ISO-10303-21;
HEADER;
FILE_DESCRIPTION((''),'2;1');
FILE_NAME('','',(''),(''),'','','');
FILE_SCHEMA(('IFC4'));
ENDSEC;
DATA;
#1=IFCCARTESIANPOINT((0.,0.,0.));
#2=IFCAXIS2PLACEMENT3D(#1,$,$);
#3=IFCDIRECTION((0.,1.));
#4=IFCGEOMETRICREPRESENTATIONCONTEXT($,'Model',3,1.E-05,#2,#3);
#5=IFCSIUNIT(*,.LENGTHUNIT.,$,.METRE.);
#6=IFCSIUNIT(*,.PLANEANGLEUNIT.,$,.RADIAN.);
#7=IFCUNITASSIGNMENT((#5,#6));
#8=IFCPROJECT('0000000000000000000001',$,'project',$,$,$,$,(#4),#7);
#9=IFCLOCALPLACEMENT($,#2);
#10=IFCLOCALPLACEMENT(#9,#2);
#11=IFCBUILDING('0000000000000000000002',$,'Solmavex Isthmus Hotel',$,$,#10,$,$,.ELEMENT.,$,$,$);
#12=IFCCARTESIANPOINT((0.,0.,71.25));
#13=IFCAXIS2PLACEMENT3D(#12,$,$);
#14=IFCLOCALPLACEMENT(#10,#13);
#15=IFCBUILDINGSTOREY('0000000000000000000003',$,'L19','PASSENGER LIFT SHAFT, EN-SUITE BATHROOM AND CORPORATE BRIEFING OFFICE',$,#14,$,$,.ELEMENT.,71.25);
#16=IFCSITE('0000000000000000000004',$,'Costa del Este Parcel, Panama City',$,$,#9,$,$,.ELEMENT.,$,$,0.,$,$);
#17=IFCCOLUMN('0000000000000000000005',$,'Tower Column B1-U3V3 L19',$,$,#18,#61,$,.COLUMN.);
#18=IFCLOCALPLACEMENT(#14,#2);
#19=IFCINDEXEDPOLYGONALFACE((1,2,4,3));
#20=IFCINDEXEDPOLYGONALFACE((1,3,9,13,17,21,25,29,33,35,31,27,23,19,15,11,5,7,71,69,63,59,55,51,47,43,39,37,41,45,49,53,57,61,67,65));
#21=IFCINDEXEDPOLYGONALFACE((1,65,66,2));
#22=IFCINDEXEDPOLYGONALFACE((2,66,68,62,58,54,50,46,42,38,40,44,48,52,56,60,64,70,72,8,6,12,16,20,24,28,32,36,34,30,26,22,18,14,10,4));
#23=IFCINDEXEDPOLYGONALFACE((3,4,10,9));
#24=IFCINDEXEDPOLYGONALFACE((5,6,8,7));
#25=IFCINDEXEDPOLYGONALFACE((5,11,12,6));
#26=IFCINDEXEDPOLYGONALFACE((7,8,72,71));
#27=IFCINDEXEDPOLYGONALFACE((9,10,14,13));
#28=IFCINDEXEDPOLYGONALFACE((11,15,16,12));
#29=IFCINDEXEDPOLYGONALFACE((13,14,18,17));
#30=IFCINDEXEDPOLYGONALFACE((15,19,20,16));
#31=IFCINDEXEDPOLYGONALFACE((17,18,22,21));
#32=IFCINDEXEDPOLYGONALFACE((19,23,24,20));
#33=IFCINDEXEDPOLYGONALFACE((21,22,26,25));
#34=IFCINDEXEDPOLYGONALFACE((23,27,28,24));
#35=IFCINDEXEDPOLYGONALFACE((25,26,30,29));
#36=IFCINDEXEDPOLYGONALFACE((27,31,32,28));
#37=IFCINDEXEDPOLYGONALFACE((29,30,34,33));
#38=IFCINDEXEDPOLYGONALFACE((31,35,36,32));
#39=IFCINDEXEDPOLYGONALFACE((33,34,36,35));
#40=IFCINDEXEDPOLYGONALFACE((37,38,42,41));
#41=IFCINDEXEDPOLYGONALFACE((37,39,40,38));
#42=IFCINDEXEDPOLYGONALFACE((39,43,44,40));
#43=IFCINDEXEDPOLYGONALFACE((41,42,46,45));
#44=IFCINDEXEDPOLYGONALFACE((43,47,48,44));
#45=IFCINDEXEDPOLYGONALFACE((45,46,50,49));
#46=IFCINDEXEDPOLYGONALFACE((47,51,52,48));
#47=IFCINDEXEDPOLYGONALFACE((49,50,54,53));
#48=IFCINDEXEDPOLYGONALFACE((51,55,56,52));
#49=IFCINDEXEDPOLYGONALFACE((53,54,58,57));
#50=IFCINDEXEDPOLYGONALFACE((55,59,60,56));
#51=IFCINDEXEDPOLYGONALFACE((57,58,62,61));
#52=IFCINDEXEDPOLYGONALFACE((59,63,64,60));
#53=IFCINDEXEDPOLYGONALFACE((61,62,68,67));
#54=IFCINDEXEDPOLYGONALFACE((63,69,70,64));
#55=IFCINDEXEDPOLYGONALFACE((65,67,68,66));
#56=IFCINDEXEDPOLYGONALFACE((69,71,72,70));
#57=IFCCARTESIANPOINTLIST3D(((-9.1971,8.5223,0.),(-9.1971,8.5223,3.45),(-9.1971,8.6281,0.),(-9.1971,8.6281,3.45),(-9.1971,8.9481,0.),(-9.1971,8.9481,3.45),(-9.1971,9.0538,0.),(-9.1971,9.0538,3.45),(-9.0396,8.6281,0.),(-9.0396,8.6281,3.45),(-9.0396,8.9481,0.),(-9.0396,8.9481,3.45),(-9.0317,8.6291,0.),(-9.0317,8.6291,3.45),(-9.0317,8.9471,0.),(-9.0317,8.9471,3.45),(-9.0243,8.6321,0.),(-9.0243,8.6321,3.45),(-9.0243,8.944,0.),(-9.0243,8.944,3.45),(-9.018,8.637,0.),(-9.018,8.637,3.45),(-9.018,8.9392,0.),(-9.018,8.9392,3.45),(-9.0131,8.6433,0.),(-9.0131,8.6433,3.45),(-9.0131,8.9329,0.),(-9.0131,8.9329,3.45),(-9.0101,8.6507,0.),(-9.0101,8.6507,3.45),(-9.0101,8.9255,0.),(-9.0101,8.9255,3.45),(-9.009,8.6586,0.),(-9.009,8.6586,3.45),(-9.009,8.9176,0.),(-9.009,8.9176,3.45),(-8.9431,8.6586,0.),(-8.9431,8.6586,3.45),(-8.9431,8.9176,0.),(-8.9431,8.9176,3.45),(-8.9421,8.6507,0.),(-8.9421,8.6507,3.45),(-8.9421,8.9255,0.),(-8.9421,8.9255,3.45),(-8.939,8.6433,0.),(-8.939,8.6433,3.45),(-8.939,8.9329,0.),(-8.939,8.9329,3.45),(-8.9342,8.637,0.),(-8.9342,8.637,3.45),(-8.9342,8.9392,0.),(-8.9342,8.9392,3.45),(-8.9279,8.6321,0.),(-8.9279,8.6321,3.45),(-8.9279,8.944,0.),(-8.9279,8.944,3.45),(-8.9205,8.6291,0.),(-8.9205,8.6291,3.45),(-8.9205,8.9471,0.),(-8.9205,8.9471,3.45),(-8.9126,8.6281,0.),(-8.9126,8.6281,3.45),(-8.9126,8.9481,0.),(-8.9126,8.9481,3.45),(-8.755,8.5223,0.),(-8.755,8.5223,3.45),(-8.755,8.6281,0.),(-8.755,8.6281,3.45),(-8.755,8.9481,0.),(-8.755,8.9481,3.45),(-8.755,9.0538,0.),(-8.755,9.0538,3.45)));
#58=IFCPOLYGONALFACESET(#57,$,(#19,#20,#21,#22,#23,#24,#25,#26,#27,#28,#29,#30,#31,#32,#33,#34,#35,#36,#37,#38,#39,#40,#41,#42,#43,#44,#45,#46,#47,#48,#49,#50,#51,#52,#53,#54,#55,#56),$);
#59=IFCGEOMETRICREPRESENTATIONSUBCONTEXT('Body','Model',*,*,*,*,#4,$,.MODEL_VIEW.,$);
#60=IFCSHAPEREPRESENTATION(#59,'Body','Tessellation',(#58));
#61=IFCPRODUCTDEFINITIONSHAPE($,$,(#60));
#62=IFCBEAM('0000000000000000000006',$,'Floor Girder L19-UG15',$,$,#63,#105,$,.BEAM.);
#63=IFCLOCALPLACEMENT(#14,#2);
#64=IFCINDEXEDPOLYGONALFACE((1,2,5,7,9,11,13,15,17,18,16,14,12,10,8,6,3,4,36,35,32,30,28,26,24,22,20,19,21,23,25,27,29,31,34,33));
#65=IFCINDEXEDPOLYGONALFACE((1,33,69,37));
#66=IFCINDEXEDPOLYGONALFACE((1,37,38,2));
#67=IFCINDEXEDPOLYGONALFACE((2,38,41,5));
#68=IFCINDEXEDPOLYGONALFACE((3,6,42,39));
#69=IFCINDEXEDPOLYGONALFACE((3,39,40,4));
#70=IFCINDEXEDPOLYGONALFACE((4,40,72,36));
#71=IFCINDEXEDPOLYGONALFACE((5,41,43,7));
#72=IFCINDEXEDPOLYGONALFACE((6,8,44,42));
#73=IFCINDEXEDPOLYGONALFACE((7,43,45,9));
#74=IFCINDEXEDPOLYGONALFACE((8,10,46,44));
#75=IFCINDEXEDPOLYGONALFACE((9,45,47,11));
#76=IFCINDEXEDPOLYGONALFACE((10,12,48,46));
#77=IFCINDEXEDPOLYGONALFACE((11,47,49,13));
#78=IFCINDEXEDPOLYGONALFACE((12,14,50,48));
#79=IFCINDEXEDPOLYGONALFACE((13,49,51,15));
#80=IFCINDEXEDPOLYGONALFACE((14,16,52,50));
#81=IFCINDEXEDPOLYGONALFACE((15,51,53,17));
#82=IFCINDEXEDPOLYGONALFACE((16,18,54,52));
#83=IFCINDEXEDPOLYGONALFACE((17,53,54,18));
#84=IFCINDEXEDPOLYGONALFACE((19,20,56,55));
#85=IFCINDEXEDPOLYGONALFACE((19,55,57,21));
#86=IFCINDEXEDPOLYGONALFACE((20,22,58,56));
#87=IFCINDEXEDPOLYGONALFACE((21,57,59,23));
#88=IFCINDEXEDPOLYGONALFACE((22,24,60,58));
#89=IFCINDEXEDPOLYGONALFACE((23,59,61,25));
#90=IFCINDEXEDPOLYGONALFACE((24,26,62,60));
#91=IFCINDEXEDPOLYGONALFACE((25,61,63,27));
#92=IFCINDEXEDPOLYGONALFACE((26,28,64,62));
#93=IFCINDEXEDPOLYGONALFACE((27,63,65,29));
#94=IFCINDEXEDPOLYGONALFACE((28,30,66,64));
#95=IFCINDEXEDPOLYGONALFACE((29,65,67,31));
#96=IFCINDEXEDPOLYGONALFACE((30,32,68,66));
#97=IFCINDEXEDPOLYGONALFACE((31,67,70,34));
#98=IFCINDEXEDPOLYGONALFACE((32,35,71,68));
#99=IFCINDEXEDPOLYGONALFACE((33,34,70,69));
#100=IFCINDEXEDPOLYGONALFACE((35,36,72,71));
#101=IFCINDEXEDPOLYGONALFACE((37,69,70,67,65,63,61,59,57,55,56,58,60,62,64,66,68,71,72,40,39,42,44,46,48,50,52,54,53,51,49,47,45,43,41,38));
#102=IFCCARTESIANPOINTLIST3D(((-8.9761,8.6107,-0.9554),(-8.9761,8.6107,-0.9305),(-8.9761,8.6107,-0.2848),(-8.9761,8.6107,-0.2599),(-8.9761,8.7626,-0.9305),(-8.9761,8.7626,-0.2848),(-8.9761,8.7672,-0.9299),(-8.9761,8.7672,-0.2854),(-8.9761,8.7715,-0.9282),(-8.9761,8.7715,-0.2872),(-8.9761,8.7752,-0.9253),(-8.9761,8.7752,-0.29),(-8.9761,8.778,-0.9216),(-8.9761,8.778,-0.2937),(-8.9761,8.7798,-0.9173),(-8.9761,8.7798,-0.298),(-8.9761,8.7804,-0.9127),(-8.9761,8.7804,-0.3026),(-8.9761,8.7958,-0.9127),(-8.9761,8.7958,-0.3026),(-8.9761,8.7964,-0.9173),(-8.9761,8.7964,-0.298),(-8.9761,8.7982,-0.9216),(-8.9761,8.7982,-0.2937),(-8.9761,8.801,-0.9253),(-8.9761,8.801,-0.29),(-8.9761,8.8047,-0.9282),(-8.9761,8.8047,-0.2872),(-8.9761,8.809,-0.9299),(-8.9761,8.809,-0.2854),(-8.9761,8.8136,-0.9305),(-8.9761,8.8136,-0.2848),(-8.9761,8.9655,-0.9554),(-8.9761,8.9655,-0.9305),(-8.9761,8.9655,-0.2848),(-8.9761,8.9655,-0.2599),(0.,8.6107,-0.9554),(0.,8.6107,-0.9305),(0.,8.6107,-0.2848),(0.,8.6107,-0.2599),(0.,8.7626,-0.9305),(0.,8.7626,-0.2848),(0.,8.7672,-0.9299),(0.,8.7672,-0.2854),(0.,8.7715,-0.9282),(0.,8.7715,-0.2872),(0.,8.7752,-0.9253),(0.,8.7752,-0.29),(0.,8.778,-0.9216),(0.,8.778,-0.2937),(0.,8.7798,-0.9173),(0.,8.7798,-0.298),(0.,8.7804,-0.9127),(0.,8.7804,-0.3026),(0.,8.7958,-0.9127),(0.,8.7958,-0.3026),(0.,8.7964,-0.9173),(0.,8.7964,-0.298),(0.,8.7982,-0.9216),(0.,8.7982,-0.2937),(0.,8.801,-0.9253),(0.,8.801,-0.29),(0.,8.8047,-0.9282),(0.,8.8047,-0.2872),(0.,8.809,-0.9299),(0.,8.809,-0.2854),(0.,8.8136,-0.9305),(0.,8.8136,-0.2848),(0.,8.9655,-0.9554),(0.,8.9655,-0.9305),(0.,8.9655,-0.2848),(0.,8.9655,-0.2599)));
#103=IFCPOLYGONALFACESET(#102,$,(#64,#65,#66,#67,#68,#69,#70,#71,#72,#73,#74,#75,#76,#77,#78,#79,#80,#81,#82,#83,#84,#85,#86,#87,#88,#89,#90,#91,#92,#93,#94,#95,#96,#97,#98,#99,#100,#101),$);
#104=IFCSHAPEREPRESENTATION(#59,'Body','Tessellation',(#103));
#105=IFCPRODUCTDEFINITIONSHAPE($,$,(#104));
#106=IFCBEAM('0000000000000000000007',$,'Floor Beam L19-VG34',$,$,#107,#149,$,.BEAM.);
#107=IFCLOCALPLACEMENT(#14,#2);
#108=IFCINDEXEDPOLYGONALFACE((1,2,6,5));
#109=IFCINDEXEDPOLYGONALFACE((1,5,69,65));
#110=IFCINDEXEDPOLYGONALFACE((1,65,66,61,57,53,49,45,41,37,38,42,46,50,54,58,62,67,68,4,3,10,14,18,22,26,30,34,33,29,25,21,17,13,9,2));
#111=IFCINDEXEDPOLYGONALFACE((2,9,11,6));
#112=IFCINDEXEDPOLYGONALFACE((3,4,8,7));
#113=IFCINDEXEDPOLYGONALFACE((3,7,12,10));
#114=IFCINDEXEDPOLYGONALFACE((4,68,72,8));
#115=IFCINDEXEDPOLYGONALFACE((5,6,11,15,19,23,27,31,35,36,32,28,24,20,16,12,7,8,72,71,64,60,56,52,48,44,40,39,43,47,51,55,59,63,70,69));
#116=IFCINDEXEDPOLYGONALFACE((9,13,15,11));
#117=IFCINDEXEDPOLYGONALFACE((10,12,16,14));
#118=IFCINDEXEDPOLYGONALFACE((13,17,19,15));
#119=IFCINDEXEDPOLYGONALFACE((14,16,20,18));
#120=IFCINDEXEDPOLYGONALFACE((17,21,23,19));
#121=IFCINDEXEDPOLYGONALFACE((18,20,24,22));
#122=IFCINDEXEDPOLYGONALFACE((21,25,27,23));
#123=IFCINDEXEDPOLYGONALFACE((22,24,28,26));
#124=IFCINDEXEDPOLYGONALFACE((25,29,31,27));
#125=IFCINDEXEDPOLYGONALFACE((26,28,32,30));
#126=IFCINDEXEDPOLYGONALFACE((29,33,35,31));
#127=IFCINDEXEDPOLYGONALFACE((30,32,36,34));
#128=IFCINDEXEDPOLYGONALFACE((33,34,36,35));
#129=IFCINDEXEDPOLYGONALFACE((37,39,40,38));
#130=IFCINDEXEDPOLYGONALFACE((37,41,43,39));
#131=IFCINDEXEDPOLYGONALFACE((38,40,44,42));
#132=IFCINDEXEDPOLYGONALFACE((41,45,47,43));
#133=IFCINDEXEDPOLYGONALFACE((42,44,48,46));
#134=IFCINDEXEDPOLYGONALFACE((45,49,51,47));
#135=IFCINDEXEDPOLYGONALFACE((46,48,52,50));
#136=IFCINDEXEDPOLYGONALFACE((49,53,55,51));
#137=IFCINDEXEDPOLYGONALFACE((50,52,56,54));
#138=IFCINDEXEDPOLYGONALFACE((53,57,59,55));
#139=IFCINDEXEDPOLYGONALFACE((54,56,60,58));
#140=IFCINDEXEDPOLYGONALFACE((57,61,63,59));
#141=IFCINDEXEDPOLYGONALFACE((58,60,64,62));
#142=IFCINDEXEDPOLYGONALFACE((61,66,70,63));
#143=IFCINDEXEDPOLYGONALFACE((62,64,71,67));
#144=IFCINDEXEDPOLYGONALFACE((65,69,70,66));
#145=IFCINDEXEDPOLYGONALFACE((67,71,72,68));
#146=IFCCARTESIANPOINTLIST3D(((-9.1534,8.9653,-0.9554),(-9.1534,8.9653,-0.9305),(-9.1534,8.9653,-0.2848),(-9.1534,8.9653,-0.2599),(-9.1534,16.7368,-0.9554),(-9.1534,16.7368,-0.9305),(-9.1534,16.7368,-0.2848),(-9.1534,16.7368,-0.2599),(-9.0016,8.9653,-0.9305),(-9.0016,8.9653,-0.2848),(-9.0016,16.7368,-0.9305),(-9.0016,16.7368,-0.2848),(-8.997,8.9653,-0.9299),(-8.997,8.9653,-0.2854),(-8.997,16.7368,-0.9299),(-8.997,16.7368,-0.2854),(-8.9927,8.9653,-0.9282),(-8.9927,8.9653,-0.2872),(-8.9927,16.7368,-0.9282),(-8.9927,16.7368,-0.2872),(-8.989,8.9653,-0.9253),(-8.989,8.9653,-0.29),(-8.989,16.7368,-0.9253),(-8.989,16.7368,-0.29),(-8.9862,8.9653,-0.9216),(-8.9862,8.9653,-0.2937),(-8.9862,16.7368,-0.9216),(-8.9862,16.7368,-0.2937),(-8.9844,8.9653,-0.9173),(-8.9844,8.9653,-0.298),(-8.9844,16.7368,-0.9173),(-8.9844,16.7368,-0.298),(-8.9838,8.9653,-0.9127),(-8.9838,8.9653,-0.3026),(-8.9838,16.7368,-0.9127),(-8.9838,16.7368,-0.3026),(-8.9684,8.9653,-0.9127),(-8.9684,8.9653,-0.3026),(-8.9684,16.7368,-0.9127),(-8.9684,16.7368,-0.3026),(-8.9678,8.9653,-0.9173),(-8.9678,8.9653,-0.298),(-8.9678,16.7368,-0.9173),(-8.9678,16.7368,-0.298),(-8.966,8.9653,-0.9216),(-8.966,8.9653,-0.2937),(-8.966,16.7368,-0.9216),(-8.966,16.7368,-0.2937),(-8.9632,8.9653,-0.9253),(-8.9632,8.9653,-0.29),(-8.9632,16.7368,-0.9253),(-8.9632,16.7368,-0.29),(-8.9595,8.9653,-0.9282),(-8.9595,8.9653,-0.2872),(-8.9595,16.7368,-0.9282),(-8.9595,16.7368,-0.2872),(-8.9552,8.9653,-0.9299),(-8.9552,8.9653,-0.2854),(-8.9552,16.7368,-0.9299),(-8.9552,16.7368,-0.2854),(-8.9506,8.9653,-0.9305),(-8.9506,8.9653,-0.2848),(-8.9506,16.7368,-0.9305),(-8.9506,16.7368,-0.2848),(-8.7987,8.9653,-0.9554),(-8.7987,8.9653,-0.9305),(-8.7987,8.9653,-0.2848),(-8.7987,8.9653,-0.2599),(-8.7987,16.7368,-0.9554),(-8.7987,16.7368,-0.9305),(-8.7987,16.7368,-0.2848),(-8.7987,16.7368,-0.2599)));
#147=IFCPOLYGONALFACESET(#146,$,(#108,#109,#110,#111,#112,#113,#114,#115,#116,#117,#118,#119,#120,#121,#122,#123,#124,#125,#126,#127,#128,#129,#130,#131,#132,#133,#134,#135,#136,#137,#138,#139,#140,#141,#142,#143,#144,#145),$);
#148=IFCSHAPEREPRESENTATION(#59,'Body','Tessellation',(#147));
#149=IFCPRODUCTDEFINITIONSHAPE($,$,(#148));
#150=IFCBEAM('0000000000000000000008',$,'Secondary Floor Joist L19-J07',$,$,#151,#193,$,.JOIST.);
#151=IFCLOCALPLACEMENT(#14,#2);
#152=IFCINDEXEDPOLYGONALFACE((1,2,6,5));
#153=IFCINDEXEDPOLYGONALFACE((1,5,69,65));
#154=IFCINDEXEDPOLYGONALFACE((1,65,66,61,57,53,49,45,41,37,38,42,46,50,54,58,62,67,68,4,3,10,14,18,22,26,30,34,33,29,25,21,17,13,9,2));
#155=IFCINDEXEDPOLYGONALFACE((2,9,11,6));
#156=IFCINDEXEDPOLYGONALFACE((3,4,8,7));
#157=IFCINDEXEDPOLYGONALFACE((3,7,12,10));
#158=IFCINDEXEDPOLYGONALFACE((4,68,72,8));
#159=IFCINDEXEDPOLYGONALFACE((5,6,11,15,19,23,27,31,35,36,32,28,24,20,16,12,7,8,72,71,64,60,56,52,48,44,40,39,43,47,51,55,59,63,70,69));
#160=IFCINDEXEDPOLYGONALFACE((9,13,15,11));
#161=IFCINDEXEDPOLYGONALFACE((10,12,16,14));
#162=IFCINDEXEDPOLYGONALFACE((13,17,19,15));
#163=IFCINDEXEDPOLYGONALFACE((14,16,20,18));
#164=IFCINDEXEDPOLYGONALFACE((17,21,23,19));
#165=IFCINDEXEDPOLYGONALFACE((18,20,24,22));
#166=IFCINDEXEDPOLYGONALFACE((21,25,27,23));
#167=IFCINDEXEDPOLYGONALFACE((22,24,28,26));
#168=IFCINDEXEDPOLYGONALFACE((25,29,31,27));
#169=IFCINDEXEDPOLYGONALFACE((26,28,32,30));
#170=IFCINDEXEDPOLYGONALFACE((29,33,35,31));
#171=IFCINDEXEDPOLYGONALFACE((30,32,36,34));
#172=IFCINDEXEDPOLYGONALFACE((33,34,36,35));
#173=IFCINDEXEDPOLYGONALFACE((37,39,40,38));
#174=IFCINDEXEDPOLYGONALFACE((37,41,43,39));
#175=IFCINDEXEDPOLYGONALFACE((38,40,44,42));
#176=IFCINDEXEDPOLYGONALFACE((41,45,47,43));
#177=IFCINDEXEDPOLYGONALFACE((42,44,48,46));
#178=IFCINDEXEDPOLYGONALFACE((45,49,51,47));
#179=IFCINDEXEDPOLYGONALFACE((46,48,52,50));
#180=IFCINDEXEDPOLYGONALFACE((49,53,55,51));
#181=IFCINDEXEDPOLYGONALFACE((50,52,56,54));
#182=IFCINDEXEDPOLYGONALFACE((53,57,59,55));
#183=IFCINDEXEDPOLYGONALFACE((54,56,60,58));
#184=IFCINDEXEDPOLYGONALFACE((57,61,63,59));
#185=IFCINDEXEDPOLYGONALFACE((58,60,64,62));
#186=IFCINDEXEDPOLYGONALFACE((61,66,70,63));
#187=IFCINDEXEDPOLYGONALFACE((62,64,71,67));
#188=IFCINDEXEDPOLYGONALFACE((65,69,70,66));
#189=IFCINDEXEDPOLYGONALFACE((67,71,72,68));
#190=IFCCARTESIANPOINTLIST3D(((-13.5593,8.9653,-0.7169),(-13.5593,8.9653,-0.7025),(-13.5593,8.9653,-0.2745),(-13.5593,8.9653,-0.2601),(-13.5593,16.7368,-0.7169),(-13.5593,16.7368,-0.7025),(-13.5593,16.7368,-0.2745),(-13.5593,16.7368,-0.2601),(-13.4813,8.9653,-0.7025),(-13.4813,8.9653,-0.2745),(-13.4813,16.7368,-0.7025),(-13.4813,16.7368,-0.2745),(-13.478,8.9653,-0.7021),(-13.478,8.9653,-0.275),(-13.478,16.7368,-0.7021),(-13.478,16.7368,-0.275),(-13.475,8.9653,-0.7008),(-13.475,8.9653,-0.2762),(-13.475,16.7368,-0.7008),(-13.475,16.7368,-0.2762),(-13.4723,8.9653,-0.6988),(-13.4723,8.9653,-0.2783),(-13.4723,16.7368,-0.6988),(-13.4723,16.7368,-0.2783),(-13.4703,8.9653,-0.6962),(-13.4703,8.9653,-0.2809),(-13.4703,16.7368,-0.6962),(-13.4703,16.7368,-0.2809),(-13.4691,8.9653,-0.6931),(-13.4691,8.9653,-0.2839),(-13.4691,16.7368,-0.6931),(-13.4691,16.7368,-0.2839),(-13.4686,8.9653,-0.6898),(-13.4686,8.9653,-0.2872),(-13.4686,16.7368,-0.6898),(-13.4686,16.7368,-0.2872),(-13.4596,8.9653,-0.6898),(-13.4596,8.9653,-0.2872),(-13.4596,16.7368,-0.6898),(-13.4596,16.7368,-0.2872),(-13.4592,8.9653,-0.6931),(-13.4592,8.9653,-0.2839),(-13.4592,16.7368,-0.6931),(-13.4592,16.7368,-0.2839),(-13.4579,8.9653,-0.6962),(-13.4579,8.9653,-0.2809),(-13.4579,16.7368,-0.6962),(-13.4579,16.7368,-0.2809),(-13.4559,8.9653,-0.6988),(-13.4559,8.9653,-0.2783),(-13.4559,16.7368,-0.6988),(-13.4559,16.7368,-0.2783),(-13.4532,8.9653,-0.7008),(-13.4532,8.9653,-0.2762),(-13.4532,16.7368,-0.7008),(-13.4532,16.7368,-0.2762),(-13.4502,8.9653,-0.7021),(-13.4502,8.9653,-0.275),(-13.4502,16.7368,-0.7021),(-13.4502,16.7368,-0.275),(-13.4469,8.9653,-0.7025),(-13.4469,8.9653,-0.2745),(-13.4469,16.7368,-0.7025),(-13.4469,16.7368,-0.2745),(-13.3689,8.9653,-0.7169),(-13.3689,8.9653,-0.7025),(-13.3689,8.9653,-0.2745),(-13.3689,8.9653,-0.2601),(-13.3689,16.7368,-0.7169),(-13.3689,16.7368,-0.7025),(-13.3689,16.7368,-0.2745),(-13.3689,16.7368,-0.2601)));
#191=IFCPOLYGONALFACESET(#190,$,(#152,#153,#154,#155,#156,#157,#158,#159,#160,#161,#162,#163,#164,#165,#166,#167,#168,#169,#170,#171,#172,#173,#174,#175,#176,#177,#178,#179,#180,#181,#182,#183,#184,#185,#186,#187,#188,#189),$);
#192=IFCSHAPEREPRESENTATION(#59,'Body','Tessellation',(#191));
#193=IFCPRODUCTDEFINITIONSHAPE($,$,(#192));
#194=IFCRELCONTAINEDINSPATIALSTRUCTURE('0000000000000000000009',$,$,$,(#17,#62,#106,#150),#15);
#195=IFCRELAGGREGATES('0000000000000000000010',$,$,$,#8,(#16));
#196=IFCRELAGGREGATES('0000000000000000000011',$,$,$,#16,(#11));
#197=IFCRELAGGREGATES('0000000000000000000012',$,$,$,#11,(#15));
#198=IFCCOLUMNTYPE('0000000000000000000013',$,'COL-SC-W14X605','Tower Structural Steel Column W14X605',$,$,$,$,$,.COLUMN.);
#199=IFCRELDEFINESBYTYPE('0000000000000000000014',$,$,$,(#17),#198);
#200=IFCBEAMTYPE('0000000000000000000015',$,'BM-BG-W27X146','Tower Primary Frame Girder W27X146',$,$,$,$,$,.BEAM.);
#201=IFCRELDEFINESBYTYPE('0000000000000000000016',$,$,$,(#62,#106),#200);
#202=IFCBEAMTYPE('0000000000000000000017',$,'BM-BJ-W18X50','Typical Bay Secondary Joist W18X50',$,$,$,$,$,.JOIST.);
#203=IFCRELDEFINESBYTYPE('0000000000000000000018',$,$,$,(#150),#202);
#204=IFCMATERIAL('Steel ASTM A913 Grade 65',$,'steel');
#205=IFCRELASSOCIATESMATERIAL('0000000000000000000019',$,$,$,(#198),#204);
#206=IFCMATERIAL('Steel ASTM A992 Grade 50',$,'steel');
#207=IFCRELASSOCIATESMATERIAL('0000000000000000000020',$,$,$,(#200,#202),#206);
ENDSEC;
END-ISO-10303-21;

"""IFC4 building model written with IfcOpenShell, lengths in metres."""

from ifc_helpers import new_model, si_unit, direction, frame, origin, origin_2d, place, context, subcontext, project, spatial, i_section, extrude, material, material_profile, profile_set, type_object, element, save


model = new_model("IFC4")

# Units and contexts
model_context = context("Model", 3, precision=1e-05, world=origin(), true_north=direction((0.0, 1.0)))
body_context = subcontext(model_context, "Body", "Model", "MODEL_VIEW")
ifc_project = project(units=[si_unit("LENGTHUNIT", "METRE"), si_unit("PLANEANGLEUNIT", "RADIAN")], contexts=[model_context])

# Site, building, storey
site_placement = place(None, origin())
site = spatial("IfcSite", under=ifc_project, at=site_placement, Name="Costa del Este Parcel, Panama City", CompositionType="ELEMENT", RefElevation=0.0)
building_placement = place(site_placement, origin())
building = spatial("IfcBuilding", under=site, at=building_placement, Name="Solmavex Isthmus Hotel", CompositionType="ELEMENT")
storey_placement = place(building_placement, frame((0.0, 0.0, 71.25)))
storey = spatial("IfcBuildingStorey", under=building, at=storey_placement, Name="L19", Description="PASSENGER LIFT SHAFT, EN-SUITE BATHROOM AND CORPORATE BRIEFING OFFICE", CompositionType="ELEMENT", Elevation=71.25)

# Column
ifc_material_1 = material(Name="Steel ASTM A913 Grade 65", Category="steel")
ifc_material_profile_1 = material_profile(ifc_material_1, i_section(OverallWidth=0.4421, OverallDepth=0.5315, WebThickness=0.0659, FlangeThickness=0.1057, FilletRadius=0.0305, at=origin_2d()), Name="W14X605")
ifc_profile_set_1 = profile_set([ifc_material_profile_1], Name="Steel ASTM A913 Grade 65")
column_type = type_object("IfcColumnType", Name="COL-SC-W14X605", Description="Tower Structural Steel Column W14X605", PredefinedType="COLUMN", material=ifc_profile_set_1)
column_placement = place(storey_placement, frame((-8.9761, 8.7881, 0.0), z_axis=(0.0, 0.0, 1.0), x_axis=(1.0, 0.0, 0.0)))
element("IfcColumn", 1, at=column_placement, inside=storey, type_object=column_type, Name="Tower Column B1-U3V3 L19", PredefinedType="COLUMN", context=body_context, shape_type="SweptSolid", body=[
    extrude(i_section(OverallWidth=0.4421, OverallDepth=0.5315, WebThickness=0.0659, FlangeThickness=0.1057, FilletRadius=0.0305, at=origin_2d()), origin(), (0.0, 0.0, 1.0), 3.45),
])

# Beams
ifc_material_2 = material(Name="Steel ASTM A992 Grade 50", Category="steel")
ifc_material_profile_2 = material_profile(ifc_material_2, i_section(OverallWidth=0.3547, OverallDepth=0.6956, WebThickness=0.0154, FlangeThickness=0.0249, FilletRadius=0.0178, at=origin_2d()), Name="W27X146")
ifc_profile_set_2 = profile_set([ifc_material_profile_2], Name="Steel ASTM A992 Grade 50")
beam_type_1 = type_object("IfcBeamType", Name="BM-BG-W27X146", Description="Tower Primary Frame Girder W27X146", PredefinedType="BEAM", material=ifc_profile_set_2)
beam_1_placement = place(storey_placement, frame((-8.9761, 8.7881, -0.6077), z_axis=(1.0, 0.0, 0.0), x_axis=(0.0, 1.0, 0.0)))
element("IfcBeam", 2, at=beam_1_placement, inside=storey, type_object=beam_type_1, Name="Floor Girder L19-UG15", PredefinedType="BEAM", context=body_context, shape_type="SweptSolid", body=[
    extrude(i_section(OverallWidth=0.3547, OverallDepth=0.6956, WebThickness=0.0154, FlangeThickness=0.0249, FilletRadius=0.0178, at=origin_2d()), origin(), (0.0, 0.0, 1.0), 8.9761),
])
beam_2_placement = place(storey_placement, frame((-8.9761, 8.9653, -0.6077), z_axis=(0.0, 1.0, 0.0), x_axis=(-1.0, 0.0, 0.0)))
element("IfcBeam", 3, at=beam_2_placement, inside=storey, type_object=beam_type_1, Name="Floor Beam L19-VG34", PredefinedType="BEAM", context=body_context, shape_type="SweptSolid", body=[
    extrude(i_section(OverallWidth=0.3547, OverallDepth=0.6956, WebThickness=0.0154, FlangeThickness=0.0249, FilletRadius=0.0178, at=origin_2d()), origin(), (0.0, 0.0, 1.0), 7.7715),
])
ifc_material_profile_3 = material_profile(ifc_material_2, i_section(OverallWidth=0.1904, OverallDepth=0.4568, WebThickness=0.009, FlangeThickness=0.0144, FilletRadius=0.0127, at=origin_2d()), Name="W18X50")
ifc_profile_set_3 = profile_set([ifc_material_profile_3], Name="Steel ASTM A992 Grade 50")
beam_type_2 = type_object("IfcBeamType", Name="BM-BJ-W18X50", Description="Typical Bay Secondary Joist W18X50", PredefinedType="JOIST", material=ifc_profile_set_3)
beam_3_placement = place(storey_placement, frame((-13.4641, 8.9653, -0.4885), z_axis=(0.0, 1.0, 0.0), x_axis=(-1.0, 0.0, 0.0)))
element("IfcBeam", 4, at=beam_3_placement, inside=storey, type_object=beam_type_2, Name="Secondary Floor Joist L19-J07", PredefinedType="JOIST", context=body_context, shape_type="SweptSolid", body=[
    extrude(i_section(OverallWidth=0.1904, OverallDepth=0.4568, WebThickness=0.009, FlangeThickness=0.0144, FilletRadius=0.0127, at=origin_2d()), origin(), (0.0, 0.0, 1.0), 7.7715),
])

save(model, "model.ifc")
